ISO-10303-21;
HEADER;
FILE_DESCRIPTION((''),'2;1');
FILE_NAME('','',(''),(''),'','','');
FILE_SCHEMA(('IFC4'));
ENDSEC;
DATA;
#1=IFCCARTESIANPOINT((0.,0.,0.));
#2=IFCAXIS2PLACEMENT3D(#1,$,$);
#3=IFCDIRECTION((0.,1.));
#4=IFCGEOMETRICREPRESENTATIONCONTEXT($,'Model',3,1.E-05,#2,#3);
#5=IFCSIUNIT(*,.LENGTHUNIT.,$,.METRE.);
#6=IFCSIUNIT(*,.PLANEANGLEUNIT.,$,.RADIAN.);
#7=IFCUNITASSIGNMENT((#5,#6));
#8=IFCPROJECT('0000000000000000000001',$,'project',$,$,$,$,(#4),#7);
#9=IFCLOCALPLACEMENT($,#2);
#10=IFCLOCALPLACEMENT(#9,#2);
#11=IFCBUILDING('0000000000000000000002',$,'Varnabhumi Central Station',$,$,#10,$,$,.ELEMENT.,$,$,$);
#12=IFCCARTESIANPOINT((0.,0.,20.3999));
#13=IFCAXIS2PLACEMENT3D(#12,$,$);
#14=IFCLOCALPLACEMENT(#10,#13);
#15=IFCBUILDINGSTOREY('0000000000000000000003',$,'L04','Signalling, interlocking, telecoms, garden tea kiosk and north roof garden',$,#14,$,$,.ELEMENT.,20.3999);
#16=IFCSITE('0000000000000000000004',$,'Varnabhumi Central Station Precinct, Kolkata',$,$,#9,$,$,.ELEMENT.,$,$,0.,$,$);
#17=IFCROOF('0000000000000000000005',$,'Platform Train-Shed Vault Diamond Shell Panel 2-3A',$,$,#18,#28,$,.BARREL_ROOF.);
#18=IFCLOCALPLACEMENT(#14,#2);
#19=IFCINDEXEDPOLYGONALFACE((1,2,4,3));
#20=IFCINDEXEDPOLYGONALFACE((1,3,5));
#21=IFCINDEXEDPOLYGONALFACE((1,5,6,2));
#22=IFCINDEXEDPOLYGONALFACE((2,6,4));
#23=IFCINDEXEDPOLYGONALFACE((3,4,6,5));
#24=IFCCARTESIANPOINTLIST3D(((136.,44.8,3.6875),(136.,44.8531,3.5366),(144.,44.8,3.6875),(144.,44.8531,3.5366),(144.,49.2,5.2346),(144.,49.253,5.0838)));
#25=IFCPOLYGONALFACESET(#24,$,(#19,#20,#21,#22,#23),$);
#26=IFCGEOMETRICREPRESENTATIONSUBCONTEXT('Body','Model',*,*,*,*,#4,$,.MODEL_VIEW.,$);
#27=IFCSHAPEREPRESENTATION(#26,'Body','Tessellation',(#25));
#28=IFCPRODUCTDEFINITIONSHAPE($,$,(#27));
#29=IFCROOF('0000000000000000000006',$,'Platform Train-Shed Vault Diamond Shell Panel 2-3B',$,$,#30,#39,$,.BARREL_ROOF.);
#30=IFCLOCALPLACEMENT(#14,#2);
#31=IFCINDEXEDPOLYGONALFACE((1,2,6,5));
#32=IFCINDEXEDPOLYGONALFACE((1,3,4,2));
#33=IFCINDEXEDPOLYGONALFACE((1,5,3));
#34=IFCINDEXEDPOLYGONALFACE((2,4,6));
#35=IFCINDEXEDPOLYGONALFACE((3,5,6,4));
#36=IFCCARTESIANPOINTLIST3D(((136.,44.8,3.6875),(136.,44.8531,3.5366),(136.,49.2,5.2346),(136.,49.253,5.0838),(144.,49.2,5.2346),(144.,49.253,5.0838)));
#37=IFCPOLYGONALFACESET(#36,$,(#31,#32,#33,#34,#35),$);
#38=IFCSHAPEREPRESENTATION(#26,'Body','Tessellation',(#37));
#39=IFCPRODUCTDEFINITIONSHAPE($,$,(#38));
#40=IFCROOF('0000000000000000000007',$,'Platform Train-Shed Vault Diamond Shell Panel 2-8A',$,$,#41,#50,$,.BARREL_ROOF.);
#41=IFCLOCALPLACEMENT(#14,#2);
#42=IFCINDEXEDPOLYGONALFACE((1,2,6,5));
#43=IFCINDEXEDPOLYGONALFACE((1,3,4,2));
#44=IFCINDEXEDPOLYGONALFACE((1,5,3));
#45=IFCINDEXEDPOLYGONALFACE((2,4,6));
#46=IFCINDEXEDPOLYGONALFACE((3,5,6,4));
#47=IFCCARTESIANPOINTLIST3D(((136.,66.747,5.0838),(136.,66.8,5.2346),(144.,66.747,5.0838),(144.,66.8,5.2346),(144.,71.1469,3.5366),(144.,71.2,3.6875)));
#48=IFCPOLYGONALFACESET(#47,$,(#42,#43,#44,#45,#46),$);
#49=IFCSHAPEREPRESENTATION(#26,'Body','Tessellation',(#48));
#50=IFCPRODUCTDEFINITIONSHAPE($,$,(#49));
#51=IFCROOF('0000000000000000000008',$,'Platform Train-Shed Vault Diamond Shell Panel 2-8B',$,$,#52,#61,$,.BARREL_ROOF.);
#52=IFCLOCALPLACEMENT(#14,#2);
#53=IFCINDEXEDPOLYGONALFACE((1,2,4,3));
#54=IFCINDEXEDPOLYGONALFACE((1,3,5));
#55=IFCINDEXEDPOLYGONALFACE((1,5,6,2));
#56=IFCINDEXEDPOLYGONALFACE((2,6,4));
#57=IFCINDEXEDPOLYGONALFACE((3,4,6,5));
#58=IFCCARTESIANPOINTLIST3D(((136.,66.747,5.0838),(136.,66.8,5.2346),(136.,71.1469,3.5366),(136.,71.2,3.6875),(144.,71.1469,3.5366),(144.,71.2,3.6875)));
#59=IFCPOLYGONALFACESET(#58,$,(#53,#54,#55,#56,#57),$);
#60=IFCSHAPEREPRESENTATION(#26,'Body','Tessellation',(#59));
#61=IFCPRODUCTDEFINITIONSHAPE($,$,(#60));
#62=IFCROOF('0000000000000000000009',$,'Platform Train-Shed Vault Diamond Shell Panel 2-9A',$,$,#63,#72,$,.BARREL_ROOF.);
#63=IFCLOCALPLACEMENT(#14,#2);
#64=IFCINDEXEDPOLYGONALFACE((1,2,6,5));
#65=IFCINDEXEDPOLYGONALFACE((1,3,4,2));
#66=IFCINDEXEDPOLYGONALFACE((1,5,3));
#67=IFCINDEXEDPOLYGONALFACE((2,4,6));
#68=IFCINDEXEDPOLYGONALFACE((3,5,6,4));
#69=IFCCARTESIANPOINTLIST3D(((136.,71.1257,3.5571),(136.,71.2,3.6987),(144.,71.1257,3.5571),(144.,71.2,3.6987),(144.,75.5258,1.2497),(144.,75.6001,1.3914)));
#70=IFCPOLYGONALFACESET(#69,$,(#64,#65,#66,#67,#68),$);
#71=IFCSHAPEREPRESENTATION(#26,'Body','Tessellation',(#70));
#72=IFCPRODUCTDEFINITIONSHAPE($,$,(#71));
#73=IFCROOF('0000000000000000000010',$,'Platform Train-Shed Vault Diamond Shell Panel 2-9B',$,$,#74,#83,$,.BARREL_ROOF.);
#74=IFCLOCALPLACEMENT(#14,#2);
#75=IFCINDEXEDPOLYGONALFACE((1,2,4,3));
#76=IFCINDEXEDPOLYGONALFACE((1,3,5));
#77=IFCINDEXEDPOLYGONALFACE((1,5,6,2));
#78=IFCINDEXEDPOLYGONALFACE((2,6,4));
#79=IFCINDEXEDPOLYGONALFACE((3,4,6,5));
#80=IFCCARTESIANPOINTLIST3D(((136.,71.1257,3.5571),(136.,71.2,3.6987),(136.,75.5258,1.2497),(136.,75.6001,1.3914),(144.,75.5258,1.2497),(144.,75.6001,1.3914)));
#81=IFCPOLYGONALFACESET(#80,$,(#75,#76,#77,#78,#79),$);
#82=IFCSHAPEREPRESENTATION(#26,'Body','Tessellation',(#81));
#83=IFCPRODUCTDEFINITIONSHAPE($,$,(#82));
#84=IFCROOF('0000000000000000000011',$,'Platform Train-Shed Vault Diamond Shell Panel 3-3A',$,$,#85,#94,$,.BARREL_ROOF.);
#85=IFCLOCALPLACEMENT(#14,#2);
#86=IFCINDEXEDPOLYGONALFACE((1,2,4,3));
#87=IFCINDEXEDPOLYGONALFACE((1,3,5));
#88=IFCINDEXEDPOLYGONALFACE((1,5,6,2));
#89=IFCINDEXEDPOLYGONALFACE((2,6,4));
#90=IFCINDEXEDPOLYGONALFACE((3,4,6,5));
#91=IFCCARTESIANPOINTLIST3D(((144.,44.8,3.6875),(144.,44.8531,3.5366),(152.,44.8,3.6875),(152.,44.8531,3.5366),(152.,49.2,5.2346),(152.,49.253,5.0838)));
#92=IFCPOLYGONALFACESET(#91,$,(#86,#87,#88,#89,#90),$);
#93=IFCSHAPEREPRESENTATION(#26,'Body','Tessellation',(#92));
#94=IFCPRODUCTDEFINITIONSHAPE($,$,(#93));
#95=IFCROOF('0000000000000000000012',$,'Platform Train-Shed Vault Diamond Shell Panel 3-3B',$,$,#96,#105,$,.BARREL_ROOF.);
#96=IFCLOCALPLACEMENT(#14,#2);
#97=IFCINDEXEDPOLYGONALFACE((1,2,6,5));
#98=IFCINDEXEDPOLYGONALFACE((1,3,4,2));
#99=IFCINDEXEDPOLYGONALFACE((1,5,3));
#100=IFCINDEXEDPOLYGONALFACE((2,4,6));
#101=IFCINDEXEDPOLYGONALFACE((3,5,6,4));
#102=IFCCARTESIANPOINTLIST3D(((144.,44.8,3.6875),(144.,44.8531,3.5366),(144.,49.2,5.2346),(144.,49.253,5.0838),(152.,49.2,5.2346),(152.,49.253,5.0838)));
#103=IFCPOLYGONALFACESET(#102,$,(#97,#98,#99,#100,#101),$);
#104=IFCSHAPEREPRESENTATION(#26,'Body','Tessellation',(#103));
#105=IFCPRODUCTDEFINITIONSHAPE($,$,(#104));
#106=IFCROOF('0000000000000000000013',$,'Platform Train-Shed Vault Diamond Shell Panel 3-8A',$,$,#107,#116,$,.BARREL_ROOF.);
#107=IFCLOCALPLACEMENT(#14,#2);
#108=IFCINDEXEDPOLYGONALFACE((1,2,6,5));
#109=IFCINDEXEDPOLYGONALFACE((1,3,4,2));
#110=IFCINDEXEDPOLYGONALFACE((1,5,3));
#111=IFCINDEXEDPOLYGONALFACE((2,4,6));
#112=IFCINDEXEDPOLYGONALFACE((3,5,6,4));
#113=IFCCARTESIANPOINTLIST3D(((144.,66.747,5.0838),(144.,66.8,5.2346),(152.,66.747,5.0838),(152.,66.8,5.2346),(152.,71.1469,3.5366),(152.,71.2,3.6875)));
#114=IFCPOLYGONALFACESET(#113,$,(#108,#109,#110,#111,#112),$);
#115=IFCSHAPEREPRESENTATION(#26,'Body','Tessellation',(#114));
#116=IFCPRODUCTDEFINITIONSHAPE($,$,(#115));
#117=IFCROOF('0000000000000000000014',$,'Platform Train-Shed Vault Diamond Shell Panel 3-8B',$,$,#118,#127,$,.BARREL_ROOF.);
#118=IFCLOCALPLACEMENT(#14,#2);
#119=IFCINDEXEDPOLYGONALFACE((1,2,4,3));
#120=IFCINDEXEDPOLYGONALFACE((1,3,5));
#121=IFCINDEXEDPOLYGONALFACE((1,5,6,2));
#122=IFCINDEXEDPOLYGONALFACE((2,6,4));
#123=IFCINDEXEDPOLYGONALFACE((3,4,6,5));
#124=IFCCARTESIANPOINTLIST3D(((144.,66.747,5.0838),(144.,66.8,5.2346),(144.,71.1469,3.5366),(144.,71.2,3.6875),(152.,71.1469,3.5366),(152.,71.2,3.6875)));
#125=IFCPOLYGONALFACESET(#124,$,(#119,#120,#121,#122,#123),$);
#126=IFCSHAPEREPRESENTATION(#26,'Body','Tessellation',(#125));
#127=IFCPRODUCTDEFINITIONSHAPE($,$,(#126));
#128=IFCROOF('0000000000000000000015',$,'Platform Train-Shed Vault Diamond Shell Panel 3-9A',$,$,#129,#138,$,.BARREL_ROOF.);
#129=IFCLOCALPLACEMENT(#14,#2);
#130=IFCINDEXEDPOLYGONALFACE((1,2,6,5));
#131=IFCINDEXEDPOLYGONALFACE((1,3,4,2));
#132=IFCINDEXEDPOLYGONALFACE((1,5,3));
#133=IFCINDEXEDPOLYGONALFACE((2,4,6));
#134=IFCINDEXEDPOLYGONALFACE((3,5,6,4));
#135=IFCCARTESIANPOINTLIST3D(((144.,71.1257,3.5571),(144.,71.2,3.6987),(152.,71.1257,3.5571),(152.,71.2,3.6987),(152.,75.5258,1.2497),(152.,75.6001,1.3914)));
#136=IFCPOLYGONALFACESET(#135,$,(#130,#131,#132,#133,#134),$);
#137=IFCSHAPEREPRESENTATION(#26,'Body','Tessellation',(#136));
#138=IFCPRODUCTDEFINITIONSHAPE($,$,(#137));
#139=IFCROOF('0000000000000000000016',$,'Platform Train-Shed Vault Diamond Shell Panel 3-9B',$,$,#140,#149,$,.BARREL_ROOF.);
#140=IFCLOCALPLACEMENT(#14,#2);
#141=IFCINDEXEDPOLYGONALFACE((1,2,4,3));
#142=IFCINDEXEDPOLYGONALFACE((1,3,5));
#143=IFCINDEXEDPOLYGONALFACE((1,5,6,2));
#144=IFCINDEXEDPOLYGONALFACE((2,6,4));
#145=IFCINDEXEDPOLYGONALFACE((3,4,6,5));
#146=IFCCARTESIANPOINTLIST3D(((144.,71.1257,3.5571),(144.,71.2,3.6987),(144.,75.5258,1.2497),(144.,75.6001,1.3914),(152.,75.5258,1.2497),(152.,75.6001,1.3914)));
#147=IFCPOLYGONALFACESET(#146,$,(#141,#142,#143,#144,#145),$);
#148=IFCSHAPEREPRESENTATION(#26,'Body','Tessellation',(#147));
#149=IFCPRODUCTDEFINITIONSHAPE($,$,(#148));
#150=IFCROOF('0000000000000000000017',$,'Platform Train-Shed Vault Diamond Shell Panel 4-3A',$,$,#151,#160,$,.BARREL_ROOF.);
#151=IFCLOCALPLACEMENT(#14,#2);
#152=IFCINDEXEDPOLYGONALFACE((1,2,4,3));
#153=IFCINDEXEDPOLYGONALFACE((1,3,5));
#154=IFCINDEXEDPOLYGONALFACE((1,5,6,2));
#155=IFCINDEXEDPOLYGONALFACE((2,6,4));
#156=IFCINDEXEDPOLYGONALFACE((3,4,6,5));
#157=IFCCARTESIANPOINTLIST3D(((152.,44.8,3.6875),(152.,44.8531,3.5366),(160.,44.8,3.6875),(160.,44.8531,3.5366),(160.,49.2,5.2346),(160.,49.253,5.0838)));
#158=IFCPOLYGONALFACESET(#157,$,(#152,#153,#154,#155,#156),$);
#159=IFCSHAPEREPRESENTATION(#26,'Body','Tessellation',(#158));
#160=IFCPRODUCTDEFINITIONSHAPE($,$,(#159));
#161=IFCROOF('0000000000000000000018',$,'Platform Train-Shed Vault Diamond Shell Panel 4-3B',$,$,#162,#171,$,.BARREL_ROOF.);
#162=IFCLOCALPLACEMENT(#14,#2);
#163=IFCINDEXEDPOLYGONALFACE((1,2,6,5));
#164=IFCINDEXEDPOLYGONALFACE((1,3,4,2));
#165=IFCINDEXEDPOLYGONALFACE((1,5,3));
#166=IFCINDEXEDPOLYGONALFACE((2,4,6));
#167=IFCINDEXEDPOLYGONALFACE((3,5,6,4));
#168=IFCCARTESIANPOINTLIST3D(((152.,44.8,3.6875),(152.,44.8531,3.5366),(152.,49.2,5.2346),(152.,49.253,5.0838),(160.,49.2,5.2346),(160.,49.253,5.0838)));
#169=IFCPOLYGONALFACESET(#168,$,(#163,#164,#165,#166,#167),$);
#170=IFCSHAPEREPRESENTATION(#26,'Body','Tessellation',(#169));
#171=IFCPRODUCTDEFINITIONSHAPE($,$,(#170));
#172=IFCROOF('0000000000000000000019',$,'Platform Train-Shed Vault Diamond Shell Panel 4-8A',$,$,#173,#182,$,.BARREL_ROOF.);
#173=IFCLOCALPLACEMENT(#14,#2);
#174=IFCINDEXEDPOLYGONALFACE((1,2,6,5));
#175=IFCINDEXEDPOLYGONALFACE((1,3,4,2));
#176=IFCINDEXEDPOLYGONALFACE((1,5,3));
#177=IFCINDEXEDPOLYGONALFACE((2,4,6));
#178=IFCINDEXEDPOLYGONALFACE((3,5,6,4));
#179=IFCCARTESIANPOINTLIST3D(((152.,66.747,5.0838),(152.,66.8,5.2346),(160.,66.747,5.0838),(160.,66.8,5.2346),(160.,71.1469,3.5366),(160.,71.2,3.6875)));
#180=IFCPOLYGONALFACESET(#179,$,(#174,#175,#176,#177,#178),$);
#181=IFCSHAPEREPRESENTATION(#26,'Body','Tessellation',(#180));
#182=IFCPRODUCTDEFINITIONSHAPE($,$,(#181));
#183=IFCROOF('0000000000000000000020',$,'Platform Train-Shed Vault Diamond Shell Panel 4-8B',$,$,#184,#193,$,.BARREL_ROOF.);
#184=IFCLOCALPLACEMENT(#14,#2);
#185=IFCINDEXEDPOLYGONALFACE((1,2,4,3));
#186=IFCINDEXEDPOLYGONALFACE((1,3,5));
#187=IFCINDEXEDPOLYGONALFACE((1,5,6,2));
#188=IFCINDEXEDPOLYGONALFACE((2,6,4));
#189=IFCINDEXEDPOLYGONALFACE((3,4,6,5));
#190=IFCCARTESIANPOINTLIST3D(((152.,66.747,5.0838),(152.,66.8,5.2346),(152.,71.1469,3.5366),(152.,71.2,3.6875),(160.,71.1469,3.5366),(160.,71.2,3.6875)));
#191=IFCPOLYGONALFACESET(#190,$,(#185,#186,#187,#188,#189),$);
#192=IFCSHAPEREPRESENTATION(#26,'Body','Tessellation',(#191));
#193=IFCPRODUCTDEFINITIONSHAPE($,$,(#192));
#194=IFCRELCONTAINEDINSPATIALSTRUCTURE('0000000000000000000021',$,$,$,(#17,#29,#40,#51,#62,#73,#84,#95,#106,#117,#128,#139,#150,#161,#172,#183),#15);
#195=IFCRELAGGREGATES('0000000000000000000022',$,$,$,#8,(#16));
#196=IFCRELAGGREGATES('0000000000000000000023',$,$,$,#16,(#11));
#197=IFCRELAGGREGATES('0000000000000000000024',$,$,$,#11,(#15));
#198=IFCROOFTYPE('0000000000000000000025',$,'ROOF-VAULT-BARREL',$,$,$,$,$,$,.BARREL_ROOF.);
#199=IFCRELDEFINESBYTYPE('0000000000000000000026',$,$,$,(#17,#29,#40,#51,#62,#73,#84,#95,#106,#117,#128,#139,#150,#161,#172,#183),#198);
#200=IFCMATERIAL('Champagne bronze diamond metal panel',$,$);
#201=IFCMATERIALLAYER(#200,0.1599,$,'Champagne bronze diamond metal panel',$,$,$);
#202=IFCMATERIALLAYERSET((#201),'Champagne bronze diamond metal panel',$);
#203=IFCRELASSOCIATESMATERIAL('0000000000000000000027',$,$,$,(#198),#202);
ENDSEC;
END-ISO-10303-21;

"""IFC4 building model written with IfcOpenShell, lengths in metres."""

from ifc_helpers import new_model, si_unit, direction, frame, origin, place, context, subcontext, project, spatial, polyline, outline, extrude, material, layer, layer_set, type_object, element, save


model = new_model("IFC4")

# Units and contexts
model_context = context("Model", 3, precision=1e-05, world=origin(), true_north=direction((0.0, 1.0)))
body_context = subcontext(model_context, "Body", "Model", "MODEL_VIEW")
ifc_project = project(units=[si_unit("LENGTHUNIT", "METRE"), si_unit("PLANEANGLEUNIT", "RADIAN")], contexts=[model_context])

# Site, building, storey
site_placement = place(None, origin())
site = spatial("IfcSite", under=ifc_project, at=site_placement, Name="Varnabhumi Central Station Precinct, Kolkata", CompositionType="ELEMENT", RefElevation=0.0)
building_placement = place(site_placement, origin())
building = spatial("IfcBuilding", under=site, at=building_placement, Name="Varnabhumi Central Station", CompositionType="ELEMENT")
storey_placement = place(building_placement, frame((0.0, 0.0, 20.3999)))
storey = spatial("IfcBuildingStorey", under=building, at=storey_placement, Name="L04", Description="Signalling, interlocking, telecoms, garden tea kiosk and north roof garden", CompositionType="ELEMENT", Elevation=20.3999)

# Roofs
ifc_material = material(Name="Champagne bronze diamond metal panel")
ifc_layer = layer(ifc_material, 0.1599, Name="Champagne bronze diamond metal panel")
ifc_layer_set = layer_set([ifc_layer], Name="Champagne bronze diamond metal panel")
roof_type = type_object("IfcRoofType", Name="ROOF-VAULT-BARREL", PredefinedType="BARREL_ROOF", material=ifc_layer_set)
roof_1_placement = place(storey_placement, frame((136.0, 44.8, 3.6875), z_axis=(0.0, -0.331716, 0.943379), x_axis=(1.0, 0.0, 0.0)))
element("IfcRoof", 1, at=roof_1_placement, inside=storey, type_object=roof_type, Name="Platform Train-Shed Vault Diamond Shell Panel 2-3A", PredefinedType="BARREL_ROOF", context=body_context, shape_type="SweptSolid", body=[
    extrude(outline(polyline([(0.0, 0.0), (8.0, 0.0), (8.0, 4.664), (0.0, 0.0)])), origin(), (0.0, 0.0, -1.0), 0.1599),
])
roof_2_placement = place(storey_placement, frame((136.0, 44.8, 3.6875), z_axis=(0.0, -0.331716, 0.943379), x_axis=(0.863905, 0.475137, 0.167071)))
element("IfcRoof", 2, at=roof_2_placement, inside=storey, type_object=roof_type, Name="Platform Train-Shed Vault Diamond Shell Panel 2-3B", PredefinedType="BARREL_ROOF", context=body_context, shape_type="SweptSolid", body=[
    extrude(outline(polyline([(0.0, 0.0), (9.2603, 0.0), (2.349, 4.0292), (0.0, 0.0)])), origin(), (0.0, 0.0, -1.0), 0.1599),
])
roof_3_placement = place(storey_placement, frame((136.0, 66.8, 5.2346), z_axis=(0.0, 0.331716, 0.943379), x_axis=(1.0, 0.0, 0.0)))
element("IfcRoof", 3, at=roof_3_placement, inside=storey, type_object=roof_type, Name="Platform Train-Shed Vault Diamond Shell Panel 2-8A", PredefinedType="BARREL_ROOF", context=body_context, shape_type="SweptSolid", body=[
    extrude(outline(polyline([(0.0, 0.0), (8.0, 0.0), (8.0, 4.664), (0.0, 0.0)])), origin(), (0.0, 0.0, -1.0), 0.1599),
])
roof_4_placement = place(storey_placement, frame((136.0, 66.8, 5.2346), z_axis=(0.0, 0.331716, 0.943379), x_axis=(0.863905, 0.475137, -0.167071)))
element("IfcRoof", 4, at=roof_4_placement, inside=storey, type_object=roof_type, Name="Platform Train-Shed Vault Diamond Shell Panel 2-8B", PredefinedType="BARREL_ROOF", context=body_context, shape_type="SweptSolid", body=[
    extrude(outline(polyline([(0.0, 0.0), (9.2603, 0.0), (2.349, 4.0292), (0.0, 0.0)])), origin(), (0.0, 0.0, -1.0), 0.1599),
])
roof_5_placement = place(storey_placement, frame((136.0, 71.2, 3.6987), z_axis=(0.0, 0.464407, 0.885622), x_axis=(1.0, 0.0, 0.0)))
element("IfcRoof", 5, at=roof_5_placement, inside=storey, type_object=roof_type, Name="Platform Train-Shed Vault Diamond Shell Panel 2-9A", PredefinedType="BARREL_ROOF", context=body_context, shape_type="SweptSolid", body=[
    extrude(outline(polyline([(0.0, 0.0), (8.0, 0.0), (8.0, 4.9684), (0.0, 0.0)])), origin(), (0.0, 0.0, -1.0), 0.1599),
])
roof_6_placement = place(storey_placement, frame((136.0, 71.2, 3.6987), z_axis=(0.0, 0.464407, 0.885622), x_axis=(0.849502, 0.467242, -0.245015)))
element("IfcRoof", 6, at=roof_6_placement, inside=storey, type_object=roof_type, Name="Platform Train-Shed Vault Diamond Shell Panel 2-9B", PredefinedType="BARREL_ROOF", context=body_context, shape_type="SweptSolid", body=[
    extrude(outline(polyline([(0.0, 0.0), (9.4173, 0.0), (2.6213, 4.2207), (0.0, 0.0)])), origin(), (0.0, 0.0, -1.0), 0.1599),
])
roof_7_placement = place(storey_placement, frame((144.0, 44.8, 3.6875), z_axis=(0.0, -0.331716, 0.943379), x_axis=(1.0, 0.0, 0.0)))
element("IfcRoof", 7, at=roof_7_placement, inside=storey, type_object=roof_type, Name="Platform Train-Shed Vault Diamond Shell Panel 3-3A", PredefinedType="BARREL_ROOF", context=body_context, shape_type="SweptSolid", body=[
    extrude(outline(polyline([(0.0, 0.0), (8.0, 0.0), (8.0, 4.664), (0.0, 0.0)])), origin(), (0.0, 0.0, -1.0), 0.1599),
])
roof_8_placement = place(storey_placement, frame((144.0, 44.8, 3.6875), z_axis=(0.0, -0.331716, 0.943379), x_axis=(0.863905, 0.475137, 0.167071)))
element("IfcRoof", 8, at=roof_8_placement, inside=storey, type_object=roof_type, Name="Platform Train-Shed Vault Diamond Shell Panel 3-3B", PredefinedType="BARREL_ROOF", context=body_context, shape_type="SweptSolid", body=[
    extrude(outline(polyline([(0.0, 0.0), (9.2603, 0.0), (2.349, 4.0292), (0.0, 0.0)])), origin(), (0.0, 0.0, -1.0), 0.1599),
])
roof_9_placement = place(storey_placement, frame((144.0, 66.8, 5.2346), z_axis=(0.0, 0.331716, 0.943379), x_axis=(1.0, 0.0, 0.0)))
element("IfcRoof", 9, at=roof_9_placement, inside=storey, type_object=roof_type, Name="Platform Train-Shed Vault Diamond Shell Panel 3-8A", PredefinedType="BARREL_ROOF", context=body_context, shape_type="SweptSolid", body=[
    extrude(outline(polyline([(0.0, 0.0), (8.0, 0.0), (8.0, 4.664), (0.0, 0.0)])), origin(), (0.0, 0.0, -1.0), 0.1599),
])
roof_10_placement = place(storey_placement, frame((144.0, 66.8, 5.2346), z_axis=(0.0, 0.331716, 0.943379), x_axis=(0.863905, 0.475137, -0.167071)))
element("IfcRoof", 10, at=roof_10_placement, inside=storey, type_object=roof_type, Name="Platform Train-Shed Vault Diamond Shell Panel 3-8B", PredefinedType="BARREL_ROOF", context=body_context, shape_type="SweptSolid", body=[
    extrude(outline(polyline([(0.0, 0.0), (9.2603, 0.0), (2.349, 4.0292), (0.0, 0.0)])), origin(), (0.0, 0.0, -1.0), 0.1599),
])
roof_11_placement = place(storey_placement, frame((144.0, 71.2, 3.6987), z_axis=(0.0, 0.464407, 0.885622), x_axis=(1.0, 0.0, 0.0)))
element("IfcRoof", 11, at=roof_11_placement, inside=storey, type_object=roof_type, Name="Platform Train-Shed Vault Diamond Shell Panel 3-9A", PredefinedType="BARREL_ROOF", context=body_context, shape_type="SweptSolid", body=[
    extrude(outline(polyline([(0.0, 0.0), (8.0, 0.0), (8.0, 4.9684), (0.0, 0.0)])), origin(), (0.0, 0.0, -1.0), 0.1599),
])
roof_12_placement = place(storey_placement, frame((144.0, 71.2, 3.6987), z_axis=(0.0, 0.464407, 0.885622), x_axis=(0.849502, 0.467242, -0.245015)))
element("IfcRoof", 12, at=roof_12_placement, inside=storey, type_object=roof_type, Name="Platform Train-Shed Vault Diamond Shell Panel 3-9B", PredefinedType="BARREL_ROOF", context=body_context, shape_type="SweptSolid", body=[
    extrude(outline(polyline([(0.0, 0.0), (9.4173, 0.0), (2.6213, 4.2207), (0.0, 0.0)])), origin(), (0.0, 0.0, -1.0), 0.1599),
])
roof_13_placement = place(storey_placement, frame((152.0, 44.8, 3.6875), z_axis=(0.0, -0.331716, 0.943379), x_axis=(1.0, 0.0, 0.0)))
element("IfcRoof", 13, at=roof_13_placement, inside=storey, type_object=roof_type, Name="Platform Train-Shed Vault Diamond Shell Panel 4-3A", PredefinedType="BARREL_ROOF", context=body_context, shape_type="SweptSolid", body=[
    extrude(outline(polyline([(0.0, 0.0), (8.0, 0.0), (8.0, 4.664), (0.0, 0.0)])), origin(), (0.0, 0.0, -1.0), 0.1599),
])
roof_14_placement = place(storey_placement, frame((152.0, 44.8, 3.6875), z_axis=(0.0, -0.331716, 0.943379), x_axis=(0.863905, 0.475137, 0.167071)))
element("IfcRoof", 14, at=roof_14_placement, inside=storey, type_object=roof_type, Name="Platform Train-Shed Vault Diamond Shell Panel 4-3B", PredefinedType="BARREL_ROOF", context=body_context, shape_type="SweptSolid", body=[
    extrude(outline(polyline([(0.0, 0.0), (9.2603, 0.0), (2.349, 4.0292), (0.0, 0.0)])), origin(), (0.0, 0.0, -1.0), 0.1599),
])
roof_15_placement = place(storey_placement, frame((152.0, 66.8, 5.2346), z_axis=(0.0, 0.331716, 0.943379), x_axis=(1.0, 0.0, 0.0)))
element("IfcRoof", 15, at=roof_15_placement, inside=storey, type_object=roof_type, Name="Platform Train-Shed Vault Diamond Shell Panel 4-8A", PredefinedType="BARREL_ROOF", context=body_context, shape_type="SweptSolid", body=[
    extrude(outline(polyline([(0.0, 0.0), (8.0, 0.0), (8.0, 4.664), (0.0, 0.0)])), origin(), (0.0, 0.0, -1.0), 0.1599),
])
roof_16_placement = place(storey_placement, frame((152.0, 66.8, 5.2346), z_axis=(0.0, 0.331716, 0.943379), x_axis=(0.863905, 0.475137, -0.167071)))
element("IfcRoof", 16, at=roof_16_placement, inside=storey, type_object=roof_type, Name="Platform Train-Shed Vault Diamond Shell Panel 4-8B", PredefinedType="BARREL_ROOF", context=body_context, shape_type="SweptSolid", body=[
    extrude(outline(polyline([(0.0, 0.0), (9.2603, 0.0), (2.349, 4.0292), (0.0, 0.0)])), origin(), (0.0, 0.0, -1.0), 0.1599),
])

save(model, "model.ifc")
